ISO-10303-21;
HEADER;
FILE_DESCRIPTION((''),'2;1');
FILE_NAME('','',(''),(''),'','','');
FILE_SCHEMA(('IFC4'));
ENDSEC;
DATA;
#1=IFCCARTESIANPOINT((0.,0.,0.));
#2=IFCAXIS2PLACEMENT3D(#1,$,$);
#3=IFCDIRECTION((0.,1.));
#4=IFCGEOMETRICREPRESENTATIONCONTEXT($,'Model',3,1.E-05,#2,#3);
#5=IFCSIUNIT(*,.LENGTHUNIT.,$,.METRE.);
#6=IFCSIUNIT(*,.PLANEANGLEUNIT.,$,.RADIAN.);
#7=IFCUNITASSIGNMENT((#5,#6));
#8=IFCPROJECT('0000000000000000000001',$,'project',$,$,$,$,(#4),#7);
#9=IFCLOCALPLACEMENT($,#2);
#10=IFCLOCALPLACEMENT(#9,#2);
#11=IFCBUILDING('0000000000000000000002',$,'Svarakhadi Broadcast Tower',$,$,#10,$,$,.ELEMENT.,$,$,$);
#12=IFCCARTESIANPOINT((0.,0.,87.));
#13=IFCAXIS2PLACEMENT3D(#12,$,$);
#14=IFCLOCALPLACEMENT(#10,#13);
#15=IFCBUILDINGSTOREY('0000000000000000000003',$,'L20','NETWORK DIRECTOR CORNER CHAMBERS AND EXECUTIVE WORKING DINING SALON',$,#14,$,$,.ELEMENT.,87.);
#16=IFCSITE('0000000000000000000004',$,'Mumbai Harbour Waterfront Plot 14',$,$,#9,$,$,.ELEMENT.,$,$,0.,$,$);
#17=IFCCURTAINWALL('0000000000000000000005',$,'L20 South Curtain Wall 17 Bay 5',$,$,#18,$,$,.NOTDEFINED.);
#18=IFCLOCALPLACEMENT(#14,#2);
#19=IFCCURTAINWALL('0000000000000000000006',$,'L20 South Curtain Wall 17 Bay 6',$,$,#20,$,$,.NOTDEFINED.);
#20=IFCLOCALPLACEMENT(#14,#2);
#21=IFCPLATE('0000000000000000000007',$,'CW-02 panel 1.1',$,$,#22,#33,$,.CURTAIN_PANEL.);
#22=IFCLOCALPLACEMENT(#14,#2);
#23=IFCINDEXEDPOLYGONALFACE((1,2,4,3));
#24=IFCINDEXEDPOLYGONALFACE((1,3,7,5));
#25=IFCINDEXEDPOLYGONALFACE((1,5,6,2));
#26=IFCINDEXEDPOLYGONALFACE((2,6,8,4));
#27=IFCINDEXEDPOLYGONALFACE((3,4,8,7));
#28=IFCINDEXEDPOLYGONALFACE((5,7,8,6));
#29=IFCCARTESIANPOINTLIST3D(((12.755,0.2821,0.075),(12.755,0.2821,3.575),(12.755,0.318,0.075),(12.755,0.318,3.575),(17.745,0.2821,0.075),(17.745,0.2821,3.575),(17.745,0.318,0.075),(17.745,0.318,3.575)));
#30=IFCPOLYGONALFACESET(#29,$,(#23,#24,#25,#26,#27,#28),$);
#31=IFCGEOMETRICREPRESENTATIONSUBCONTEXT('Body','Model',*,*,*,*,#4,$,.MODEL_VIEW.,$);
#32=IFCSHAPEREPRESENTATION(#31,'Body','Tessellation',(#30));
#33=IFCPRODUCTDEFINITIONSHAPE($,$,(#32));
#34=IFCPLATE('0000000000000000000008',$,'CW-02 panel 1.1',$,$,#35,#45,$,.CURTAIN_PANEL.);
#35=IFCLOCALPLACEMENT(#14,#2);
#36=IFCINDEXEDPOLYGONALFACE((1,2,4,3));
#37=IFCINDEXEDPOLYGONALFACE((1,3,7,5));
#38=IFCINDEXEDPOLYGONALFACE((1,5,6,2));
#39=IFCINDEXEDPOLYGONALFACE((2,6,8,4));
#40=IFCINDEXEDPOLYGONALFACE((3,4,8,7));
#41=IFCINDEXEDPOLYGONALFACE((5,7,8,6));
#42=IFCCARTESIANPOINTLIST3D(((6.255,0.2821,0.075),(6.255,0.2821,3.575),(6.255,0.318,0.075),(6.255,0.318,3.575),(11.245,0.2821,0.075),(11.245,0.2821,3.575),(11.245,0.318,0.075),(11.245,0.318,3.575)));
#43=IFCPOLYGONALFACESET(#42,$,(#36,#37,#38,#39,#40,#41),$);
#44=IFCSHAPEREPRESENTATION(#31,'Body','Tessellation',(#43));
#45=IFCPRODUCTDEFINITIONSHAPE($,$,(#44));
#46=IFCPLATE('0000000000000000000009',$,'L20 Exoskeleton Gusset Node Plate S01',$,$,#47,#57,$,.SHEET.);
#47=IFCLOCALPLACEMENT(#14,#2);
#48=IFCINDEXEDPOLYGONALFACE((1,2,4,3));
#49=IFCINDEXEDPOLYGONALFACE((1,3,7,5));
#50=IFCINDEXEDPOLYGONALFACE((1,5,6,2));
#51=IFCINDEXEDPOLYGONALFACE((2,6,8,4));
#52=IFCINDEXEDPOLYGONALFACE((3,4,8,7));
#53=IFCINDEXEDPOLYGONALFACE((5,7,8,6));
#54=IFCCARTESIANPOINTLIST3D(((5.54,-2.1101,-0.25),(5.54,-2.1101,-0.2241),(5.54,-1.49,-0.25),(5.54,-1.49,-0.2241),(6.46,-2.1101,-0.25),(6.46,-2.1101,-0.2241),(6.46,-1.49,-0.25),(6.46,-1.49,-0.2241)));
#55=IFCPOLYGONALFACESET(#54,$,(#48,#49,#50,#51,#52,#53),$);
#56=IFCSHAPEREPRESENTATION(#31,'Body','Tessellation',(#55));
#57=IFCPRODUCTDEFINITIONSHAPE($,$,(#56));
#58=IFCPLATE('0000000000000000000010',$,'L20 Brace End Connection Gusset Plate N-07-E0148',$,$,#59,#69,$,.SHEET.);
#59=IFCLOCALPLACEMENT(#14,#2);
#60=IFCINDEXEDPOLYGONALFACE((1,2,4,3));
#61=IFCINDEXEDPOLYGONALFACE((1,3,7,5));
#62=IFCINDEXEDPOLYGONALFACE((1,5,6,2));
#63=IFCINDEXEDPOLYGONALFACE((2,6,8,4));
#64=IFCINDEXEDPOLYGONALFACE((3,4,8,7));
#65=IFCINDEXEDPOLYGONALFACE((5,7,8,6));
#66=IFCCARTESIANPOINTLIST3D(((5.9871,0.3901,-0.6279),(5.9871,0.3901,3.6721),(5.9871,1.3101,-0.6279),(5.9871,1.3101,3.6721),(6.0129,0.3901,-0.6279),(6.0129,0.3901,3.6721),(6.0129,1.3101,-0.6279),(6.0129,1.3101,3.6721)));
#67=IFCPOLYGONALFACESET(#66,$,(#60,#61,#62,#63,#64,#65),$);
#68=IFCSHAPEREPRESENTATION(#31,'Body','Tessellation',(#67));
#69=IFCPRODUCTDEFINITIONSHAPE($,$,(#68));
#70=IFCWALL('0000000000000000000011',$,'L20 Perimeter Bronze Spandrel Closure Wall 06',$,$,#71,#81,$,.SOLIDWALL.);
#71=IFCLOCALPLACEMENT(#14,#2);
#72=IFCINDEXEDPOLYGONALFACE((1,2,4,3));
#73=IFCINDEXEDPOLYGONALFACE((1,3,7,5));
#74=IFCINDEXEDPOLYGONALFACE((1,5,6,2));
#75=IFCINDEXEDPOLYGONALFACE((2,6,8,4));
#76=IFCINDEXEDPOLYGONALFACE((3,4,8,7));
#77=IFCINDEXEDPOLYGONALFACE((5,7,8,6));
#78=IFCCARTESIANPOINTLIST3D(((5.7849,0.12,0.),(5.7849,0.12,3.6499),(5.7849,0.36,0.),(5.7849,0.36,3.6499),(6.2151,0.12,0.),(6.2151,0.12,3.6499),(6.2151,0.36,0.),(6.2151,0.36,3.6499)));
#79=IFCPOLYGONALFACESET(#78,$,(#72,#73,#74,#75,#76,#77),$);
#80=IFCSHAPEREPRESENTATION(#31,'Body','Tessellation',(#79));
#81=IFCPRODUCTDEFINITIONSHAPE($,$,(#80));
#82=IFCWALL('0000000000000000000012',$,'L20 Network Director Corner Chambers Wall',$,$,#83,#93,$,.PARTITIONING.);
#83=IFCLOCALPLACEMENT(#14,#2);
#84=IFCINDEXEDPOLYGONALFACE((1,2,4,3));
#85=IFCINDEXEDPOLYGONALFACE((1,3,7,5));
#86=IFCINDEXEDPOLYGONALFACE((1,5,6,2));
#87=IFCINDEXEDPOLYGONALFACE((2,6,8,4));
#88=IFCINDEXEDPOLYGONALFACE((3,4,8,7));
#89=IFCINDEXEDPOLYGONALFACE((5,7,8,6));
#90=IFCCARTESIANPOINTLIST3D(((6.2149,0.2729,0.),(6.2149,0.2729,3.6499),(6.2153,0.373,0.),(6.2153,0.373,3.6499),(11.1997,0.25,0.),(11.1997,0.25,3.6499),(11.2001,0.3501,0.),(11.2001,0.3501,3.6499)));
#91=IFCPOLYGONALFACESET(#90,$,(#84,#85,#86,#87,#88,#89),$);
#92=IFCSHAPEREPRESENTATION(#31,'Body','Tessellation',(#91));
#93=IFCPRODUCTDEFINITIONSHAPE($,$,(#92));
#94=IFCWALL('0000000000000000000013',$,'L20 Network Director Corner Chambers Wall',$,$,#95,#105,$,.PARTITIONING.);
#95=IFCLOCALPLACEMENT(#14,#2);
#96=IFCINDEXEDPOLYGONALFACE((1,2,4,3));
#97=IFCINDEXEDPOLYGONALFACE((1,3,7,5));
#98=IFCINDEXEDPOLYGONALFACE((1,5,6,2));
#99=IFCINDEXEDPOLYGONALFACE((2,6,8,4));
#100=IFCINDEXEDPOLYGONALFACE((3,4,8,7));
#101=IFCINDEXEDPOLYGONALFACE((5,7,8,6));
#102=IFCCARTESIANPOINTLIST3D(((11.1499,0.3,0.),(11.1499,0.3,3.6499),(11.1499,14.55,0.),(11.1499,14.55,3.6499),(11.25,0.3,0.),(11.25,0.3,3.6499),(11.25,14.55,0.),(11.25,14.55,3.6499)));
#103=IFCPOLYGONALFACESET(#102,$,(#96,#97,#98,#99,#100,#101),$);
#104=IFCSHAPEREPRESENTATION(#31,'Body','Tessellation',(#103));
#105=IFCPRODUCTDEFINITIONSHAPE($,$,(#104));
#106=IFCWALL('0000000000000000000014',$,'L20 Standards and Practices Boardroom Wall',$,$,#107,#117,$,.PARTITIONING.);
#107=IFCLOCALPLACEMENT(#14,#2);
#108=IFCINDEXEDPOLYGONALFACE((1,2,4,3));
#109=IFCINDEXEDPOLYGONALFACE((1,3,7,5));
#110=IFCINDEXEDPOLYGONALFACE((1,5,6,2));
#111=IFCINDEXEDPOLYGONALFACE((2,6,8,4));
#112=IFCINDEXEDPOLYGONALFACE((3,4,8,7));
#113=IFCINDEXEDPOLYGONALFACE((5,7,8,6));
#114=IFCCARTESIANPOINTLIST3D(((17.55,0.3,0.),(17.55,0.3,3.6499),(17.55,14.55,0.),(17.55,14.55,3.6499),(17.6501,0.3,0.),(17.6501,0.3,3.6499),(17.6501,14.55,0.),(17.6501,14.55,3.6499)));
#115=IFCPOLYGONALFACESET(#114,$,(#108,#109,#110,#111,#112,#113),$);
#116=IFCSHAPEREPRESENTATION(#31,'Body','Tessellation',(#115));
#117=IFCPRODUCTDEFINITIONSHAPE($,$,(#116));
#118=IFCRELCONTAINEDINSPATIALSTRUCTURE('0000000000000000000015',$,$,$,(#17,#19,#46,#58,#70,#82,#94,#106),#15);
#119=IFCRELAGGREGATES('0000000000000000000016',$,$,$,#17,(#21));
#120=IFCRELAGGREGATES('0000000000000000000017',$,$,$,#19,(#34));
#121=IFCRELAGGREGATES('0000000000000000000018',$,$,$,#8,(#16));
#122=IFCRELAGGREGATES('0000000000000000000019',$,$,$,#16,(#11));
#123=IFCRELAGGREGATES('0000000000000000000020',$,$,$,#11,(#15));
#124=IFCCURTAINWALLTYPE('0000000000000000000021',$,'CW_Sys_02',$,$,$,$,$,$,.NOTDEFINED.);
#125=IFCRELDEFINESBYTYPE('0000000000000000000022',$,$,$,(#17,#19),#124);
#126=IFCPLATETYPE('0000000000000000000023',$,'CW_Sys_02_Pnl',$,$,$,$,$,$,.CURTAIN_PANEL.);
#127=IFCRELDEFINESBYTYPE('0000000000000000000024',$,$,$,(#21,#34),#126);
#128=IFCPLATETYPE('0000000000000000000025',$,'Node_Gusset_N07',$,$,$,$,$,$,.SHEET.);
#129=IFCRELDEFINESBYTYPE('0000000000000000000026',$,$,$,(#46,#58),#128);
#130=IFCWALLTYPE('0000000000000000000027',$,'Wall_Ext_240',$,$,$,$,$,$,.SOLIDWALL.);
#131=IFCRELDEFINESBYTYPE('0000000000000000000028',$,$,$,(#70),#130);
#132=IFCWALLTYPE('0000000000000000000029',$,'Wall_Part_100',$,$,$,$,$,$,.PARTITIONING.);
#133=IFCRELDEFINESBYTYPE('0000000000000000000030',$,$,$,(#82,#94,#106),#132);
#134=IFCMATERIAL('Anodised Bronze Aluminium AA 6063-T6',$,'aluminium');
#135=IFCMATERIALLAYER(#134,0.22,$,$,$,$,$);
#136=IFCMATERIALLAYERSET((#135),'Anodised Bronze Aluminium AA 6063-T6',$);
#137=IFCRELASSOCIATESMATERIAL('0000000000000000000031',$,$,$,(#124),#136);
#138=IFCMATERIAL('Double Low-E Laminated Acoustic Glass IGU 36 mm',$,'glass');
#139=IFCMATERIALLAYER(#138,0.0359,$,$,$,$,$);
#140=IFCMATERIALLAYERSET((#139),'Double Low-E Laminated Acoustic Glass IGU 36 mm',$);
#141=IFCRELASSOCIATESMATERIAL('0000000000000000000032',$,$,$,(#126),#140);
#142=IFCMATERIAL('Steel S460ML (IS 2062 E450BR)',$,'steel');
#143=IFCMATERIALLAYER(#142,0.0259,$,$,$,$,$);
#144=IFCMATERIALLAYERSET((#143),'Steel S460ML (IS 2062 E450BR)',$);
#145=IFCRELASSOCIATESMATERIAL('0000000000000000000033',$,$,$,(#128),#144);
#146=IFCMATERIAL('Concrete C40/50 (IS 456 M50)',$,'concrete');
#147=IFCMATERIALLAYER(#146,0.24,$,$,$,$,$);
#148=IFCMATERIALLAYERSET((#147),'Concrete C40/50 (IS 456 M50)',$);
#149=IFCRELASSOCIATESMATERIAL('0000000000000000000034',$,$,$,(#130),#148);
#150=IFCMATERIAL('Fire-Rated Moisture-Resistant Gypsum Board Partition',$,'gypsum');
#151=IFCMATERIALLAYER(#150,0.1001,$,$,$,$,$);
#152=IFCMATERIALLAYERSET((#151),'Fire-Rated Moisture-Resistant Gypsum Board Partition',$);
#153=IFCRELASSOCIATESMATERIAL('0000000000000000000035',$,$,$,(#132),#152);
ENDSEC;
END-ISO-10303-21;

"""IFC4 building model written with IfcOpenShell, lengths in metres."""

from ifc_helpers import new_model, si_unit, direction, frame, frame_2d, origin, origin_2d, place, context, subcontext, project, spatial, rectangle, extrude, material, layer, layer_set, type_object, element, aggregate, save


model = new_model("IFC4")

# Units and contexts
model_context = context("Model", 3, precision=1e-05, world=origin(), true_north=direction((0.0, 1.0)))
body_context = subcontext(model_context, "Body", "Model", "MODEL_VIEW")
ifc_project = project(units=[si_unit("LENGTHUNIT", "METRE"), si_unit("PLANEANGLEUNIT", "RADIAN")], contexts=[model_context])

# Site, building, storey
site_placement = place(None, origin())
site = spatial("IfcSite", under=ifc_project, at=site_placement, Name="Mumbai Harbour Waterfront Plot 14", CompositionType="ELEMENT", RefElevation=0.0)
building_placement = place(site_placement, origin())
building = spatial("IfcBuilding", under=site, at=building_placement, Name="Svarakhadi Broadcast Tower", CompositionType="ELEMENT")
storey_placement = place(building_placement, frame((0.0, 0.0, 87.0)))
storey = spatial("IfcBuildingStorey", under=building, at=storey_placement, Name="L20", Description="NETWORK DIRECTOR CORNER CHAMBERS AND EXECUTIVE WORKING DINING SALON", CompositionType="ELEMENT", Elevation=87.0)

# Shared definitions
ifc_material_1 = material(Name="Steel S460ML (IS 2062 E450BR)", Category="steel")

# Curtain walls
ifc_material_2 = material(Name="Anodised Bronze Aluminium AA 6063-T6", Category="aluminium")
ifc_layer_1 = layer(ifc_material_2, 0.22)
ifc_layer_set_1 = layer_set([ifc_layer_1], Name="Anodised Bronze Aluminium AA 6063-T6")
curtain_wall_type = type_object("IfcCurtainWallType", Name="CW_Sys_02", PredefinedType="NOTDEFINED", material=ifc_layer_set_1)
curtain_wall_1_placement = place(storey_placement, origin())
curtain_wall_1 = element("IfcCurtainWall", 1, at=curtain_wall_1_placement, inside=storey, type_object=curtain_wall_type, Name="L20 South Curtain Wall 17 Bay 5", PredefinedType="NOTDEFINED")
curtain_wall_2_placement = place(storey_placement, origin())
curtain_wall_2 = element("IfcCurtainWall", 2, at=curtain_wall_2_placement, inside=storey, type_object=curtain_wall_type, Name="L20 South Curtain Wall 17 Bay 6", PredefinedType="NOTDEFINED")

# Plates
ifc_material_3 = material(Name="Double Low-E Laminated Acoustic Glass IGU 36 mm", Category="glass")
ifc_layer_2 = layer(ifc_material_3, 0.0359)
ifc_layer_set_2 = layer_set([ifc_layer_2], Name="Double Low-E Laminated Acoustic Glass IGU 36 mm")
plate_type_1 = type_object("IfcPlateType", Name="CW_Sys_02_Pnl", PredefinedType="CURTAIN_PANEL", material=ifc_layer_set_2)
plate_1_placement = place(storey_placement, frame((15.25, 0.3, 0.075), z_axis=(0.0, 0.0, 1.0), x_axis=(-1.0, 0.0, 0.0)))
plate_1 = element("IfcPlate", 3, at=plate_1_placement, type_object=plate_type_1, Name="CW-02 panel 1.1", PredefinedType="CURTAIN_PANEL", context=body_context, shape_type="SweptSolid", body=[
    extrude(rectangle(XDim=4.99, YDim=0.0359, at=origin_2d()), origin(), (0.0, 0.0, 1.0), 3.5),
])
aggregate(curtain_wall_1, [plate_1])
plate_2_placement = place(storey_placement, frame((8.75, 0.3, 0.075), z_axis=(0.0, 0.0, 1.0), x_axis=(-1.0, 0.0, 0.0)))
plate_2 = element("IfcPlate", 4, at=plate_2_placement, type_object=plate_type_1, Name="CW-02 panel 1.1", PredefinedType="CURTAIN_PANEL", context=body_context, shape_type="SweptSolid", body=[
    extrude(rectangle(XDim=4.99, YDim=0.0359, at=origin_2d()), origin(), (0.0, 0.0, 1.0), 3.5),
])
aggregate(curtain_wall_2, [plate_2])

# Plates
ifc_layer_3 = layer(ifc_material_1, 0.0259)
ifc_layer_set_3 = layer_set([ifc_layer_3], Name="Steel S460ML (IS 2062 E450BR)")
plate_type_2 = type_object("IfcPlateType", Name="Node_Gusset_N07", PredefinedType="SHEET", material=ifc_layer_set_3)
plate_3_placement = place(storey_placement, frame((6.0, -1.8, -0.25), z_axis=(0.0, 0.0, 1.0), x_axis=(1.0, 0.0, 0.0)))
element("IfcPlate", 5, at=plate_3_placement, inside=storey, type_object=plate_type_2, Name="L20 Exoskeleton Gusset Node Plate S01", PredefinedType="SHEET", context=body_context, shape_type="SweptSolid", body=[
    extrude(rectangle(XDim=0.9199, YDim=0.6201, at=origin_2d()), origin(), (0.0, 0.0, 1.0), 0.0259),
])
plate_4_placement = place(storey_placement, frame((6.0, 0.8501, -0.6279), z_axis=(0.0, 0.0, 1.0), x_axis=(0.0, 1.0, 0.0)))
element("IfcPlate", 6, at=plate_4_placement, inside=storey, type_object=plate_type_2, Name="L20 Brace End Connection Gusset Plate N-07-E0148", PredefinedType="SHEET", context=body_context, shape_type="SweptSolid", body=[
    extrude(rectangle(XDim=0.9199, YDim=0.0259, at=origin_2d()), origin(), (0.0, 0.0, 1.0), 4.3),
])

# Walls
ifc_material_4 = material(Name="Concrete C40/50 (IS 456 M50)", Category="concrete")
ifc_layer_4 = layer(ifc_material_4, 0.24)
ifc_layer_set_4 = layer_set([ifc_layer_4], Name="Concrete C40/50 (IS 456 M50)")
wall_type_1 = type_object("IfcWallType", Name="Wall_Ext_240", PredefinedType="SOLIDWALL", material=ifc_layer_set_4)
wall_1_placement = place(storey_placement, frame((6.2151, 0.24, 0.0), z_axis=(0.0, 0.0, 1.0), x_axis=(-1.0, 0.0, 0.0)))
element("IfcWall", 7, at=wall_1_placement, inside=storey, type_object=wall_type_1, Name="L20 Perimeter Bronze Spandrel Closure Wall 06", PredefinedType="SOLIDWALL", context=body_context, shape_type="SweptSolid", body=[
    extrude(rectangle(XDim=0.4302, YDim=0.24, at=frame_2d((0.2151, 0.0))), origin(), (0.0, 0.0, 1.0), 3.6499),
])
ifc_material_5 = material(Name="Fire-Rated Moisture-Resistant Gypsum Board Partition", Category="gypsum")
ifc_layer_5 = layer(ifc_material_5, 0.1001)
ifc_layer_set_5 = layer_set([ifc_layer_5], Name="Fire-Rated Moisture-Resistant Gypsum Board Partition")
wall_type_2 = type_object("IfcWallType", Name="Wall_Part_100", PredefinedType="PARTITIONING", material=ifc_layer_set_5)
wall_2_placement = place(storey_placement, frame((6.2151, 0.323, 0.0), z_axis=(0.0, 0.0, 1.0), x_axis=(0.999989, -0.004604, 0.0)))
element("IfcWall", 8, at=wall_2_placement, inside=storey, type_object=wall_type_2, Name="L20 Network Director Corner Chambers Wall", PredefinedType="PARTITIONING", context=body_context, shape_type="SweptSolid", body=[
    extrude(rectangle(XDim=4.9849, YDim=0.1001, at=frame_2d((2.4924, 0.0))), origin(), (0.0, 0.0, 1.0), 3.6499),
])
for number, where, z_axis, x_axis, name in (
    (9, (11.2, 0.3, 0.0), (0.0, 0.0, 1.0), (0.0, 1.0, 0.0), "L20 Network Director Corner Chambers Wall"),
    (10, (17.6001, 0.3, 0.0), (0.0, 0.0, 1.0), (0.0, 1.0, 0.0), "L20 Standards and Practices Boardroom Wall"),
):
    element("IfcWall", number, at=place(storey_placement, frame(where, z_axis=z_axis, x_axis=x_axis)), inside=storey, type_object=wall_type_2, Name=name, PredefinedType="PARTITIONING", context=body_context, shape_type="SweptSolid", body=[
        extrude(rectangle(XDim=14.25, YDim=0.1001, at=frame_2d((7.125, 0.0))), origin(), (0.0, 0.0, 1.0), 3.6499),
    ])

save(model, "model.ifc")
